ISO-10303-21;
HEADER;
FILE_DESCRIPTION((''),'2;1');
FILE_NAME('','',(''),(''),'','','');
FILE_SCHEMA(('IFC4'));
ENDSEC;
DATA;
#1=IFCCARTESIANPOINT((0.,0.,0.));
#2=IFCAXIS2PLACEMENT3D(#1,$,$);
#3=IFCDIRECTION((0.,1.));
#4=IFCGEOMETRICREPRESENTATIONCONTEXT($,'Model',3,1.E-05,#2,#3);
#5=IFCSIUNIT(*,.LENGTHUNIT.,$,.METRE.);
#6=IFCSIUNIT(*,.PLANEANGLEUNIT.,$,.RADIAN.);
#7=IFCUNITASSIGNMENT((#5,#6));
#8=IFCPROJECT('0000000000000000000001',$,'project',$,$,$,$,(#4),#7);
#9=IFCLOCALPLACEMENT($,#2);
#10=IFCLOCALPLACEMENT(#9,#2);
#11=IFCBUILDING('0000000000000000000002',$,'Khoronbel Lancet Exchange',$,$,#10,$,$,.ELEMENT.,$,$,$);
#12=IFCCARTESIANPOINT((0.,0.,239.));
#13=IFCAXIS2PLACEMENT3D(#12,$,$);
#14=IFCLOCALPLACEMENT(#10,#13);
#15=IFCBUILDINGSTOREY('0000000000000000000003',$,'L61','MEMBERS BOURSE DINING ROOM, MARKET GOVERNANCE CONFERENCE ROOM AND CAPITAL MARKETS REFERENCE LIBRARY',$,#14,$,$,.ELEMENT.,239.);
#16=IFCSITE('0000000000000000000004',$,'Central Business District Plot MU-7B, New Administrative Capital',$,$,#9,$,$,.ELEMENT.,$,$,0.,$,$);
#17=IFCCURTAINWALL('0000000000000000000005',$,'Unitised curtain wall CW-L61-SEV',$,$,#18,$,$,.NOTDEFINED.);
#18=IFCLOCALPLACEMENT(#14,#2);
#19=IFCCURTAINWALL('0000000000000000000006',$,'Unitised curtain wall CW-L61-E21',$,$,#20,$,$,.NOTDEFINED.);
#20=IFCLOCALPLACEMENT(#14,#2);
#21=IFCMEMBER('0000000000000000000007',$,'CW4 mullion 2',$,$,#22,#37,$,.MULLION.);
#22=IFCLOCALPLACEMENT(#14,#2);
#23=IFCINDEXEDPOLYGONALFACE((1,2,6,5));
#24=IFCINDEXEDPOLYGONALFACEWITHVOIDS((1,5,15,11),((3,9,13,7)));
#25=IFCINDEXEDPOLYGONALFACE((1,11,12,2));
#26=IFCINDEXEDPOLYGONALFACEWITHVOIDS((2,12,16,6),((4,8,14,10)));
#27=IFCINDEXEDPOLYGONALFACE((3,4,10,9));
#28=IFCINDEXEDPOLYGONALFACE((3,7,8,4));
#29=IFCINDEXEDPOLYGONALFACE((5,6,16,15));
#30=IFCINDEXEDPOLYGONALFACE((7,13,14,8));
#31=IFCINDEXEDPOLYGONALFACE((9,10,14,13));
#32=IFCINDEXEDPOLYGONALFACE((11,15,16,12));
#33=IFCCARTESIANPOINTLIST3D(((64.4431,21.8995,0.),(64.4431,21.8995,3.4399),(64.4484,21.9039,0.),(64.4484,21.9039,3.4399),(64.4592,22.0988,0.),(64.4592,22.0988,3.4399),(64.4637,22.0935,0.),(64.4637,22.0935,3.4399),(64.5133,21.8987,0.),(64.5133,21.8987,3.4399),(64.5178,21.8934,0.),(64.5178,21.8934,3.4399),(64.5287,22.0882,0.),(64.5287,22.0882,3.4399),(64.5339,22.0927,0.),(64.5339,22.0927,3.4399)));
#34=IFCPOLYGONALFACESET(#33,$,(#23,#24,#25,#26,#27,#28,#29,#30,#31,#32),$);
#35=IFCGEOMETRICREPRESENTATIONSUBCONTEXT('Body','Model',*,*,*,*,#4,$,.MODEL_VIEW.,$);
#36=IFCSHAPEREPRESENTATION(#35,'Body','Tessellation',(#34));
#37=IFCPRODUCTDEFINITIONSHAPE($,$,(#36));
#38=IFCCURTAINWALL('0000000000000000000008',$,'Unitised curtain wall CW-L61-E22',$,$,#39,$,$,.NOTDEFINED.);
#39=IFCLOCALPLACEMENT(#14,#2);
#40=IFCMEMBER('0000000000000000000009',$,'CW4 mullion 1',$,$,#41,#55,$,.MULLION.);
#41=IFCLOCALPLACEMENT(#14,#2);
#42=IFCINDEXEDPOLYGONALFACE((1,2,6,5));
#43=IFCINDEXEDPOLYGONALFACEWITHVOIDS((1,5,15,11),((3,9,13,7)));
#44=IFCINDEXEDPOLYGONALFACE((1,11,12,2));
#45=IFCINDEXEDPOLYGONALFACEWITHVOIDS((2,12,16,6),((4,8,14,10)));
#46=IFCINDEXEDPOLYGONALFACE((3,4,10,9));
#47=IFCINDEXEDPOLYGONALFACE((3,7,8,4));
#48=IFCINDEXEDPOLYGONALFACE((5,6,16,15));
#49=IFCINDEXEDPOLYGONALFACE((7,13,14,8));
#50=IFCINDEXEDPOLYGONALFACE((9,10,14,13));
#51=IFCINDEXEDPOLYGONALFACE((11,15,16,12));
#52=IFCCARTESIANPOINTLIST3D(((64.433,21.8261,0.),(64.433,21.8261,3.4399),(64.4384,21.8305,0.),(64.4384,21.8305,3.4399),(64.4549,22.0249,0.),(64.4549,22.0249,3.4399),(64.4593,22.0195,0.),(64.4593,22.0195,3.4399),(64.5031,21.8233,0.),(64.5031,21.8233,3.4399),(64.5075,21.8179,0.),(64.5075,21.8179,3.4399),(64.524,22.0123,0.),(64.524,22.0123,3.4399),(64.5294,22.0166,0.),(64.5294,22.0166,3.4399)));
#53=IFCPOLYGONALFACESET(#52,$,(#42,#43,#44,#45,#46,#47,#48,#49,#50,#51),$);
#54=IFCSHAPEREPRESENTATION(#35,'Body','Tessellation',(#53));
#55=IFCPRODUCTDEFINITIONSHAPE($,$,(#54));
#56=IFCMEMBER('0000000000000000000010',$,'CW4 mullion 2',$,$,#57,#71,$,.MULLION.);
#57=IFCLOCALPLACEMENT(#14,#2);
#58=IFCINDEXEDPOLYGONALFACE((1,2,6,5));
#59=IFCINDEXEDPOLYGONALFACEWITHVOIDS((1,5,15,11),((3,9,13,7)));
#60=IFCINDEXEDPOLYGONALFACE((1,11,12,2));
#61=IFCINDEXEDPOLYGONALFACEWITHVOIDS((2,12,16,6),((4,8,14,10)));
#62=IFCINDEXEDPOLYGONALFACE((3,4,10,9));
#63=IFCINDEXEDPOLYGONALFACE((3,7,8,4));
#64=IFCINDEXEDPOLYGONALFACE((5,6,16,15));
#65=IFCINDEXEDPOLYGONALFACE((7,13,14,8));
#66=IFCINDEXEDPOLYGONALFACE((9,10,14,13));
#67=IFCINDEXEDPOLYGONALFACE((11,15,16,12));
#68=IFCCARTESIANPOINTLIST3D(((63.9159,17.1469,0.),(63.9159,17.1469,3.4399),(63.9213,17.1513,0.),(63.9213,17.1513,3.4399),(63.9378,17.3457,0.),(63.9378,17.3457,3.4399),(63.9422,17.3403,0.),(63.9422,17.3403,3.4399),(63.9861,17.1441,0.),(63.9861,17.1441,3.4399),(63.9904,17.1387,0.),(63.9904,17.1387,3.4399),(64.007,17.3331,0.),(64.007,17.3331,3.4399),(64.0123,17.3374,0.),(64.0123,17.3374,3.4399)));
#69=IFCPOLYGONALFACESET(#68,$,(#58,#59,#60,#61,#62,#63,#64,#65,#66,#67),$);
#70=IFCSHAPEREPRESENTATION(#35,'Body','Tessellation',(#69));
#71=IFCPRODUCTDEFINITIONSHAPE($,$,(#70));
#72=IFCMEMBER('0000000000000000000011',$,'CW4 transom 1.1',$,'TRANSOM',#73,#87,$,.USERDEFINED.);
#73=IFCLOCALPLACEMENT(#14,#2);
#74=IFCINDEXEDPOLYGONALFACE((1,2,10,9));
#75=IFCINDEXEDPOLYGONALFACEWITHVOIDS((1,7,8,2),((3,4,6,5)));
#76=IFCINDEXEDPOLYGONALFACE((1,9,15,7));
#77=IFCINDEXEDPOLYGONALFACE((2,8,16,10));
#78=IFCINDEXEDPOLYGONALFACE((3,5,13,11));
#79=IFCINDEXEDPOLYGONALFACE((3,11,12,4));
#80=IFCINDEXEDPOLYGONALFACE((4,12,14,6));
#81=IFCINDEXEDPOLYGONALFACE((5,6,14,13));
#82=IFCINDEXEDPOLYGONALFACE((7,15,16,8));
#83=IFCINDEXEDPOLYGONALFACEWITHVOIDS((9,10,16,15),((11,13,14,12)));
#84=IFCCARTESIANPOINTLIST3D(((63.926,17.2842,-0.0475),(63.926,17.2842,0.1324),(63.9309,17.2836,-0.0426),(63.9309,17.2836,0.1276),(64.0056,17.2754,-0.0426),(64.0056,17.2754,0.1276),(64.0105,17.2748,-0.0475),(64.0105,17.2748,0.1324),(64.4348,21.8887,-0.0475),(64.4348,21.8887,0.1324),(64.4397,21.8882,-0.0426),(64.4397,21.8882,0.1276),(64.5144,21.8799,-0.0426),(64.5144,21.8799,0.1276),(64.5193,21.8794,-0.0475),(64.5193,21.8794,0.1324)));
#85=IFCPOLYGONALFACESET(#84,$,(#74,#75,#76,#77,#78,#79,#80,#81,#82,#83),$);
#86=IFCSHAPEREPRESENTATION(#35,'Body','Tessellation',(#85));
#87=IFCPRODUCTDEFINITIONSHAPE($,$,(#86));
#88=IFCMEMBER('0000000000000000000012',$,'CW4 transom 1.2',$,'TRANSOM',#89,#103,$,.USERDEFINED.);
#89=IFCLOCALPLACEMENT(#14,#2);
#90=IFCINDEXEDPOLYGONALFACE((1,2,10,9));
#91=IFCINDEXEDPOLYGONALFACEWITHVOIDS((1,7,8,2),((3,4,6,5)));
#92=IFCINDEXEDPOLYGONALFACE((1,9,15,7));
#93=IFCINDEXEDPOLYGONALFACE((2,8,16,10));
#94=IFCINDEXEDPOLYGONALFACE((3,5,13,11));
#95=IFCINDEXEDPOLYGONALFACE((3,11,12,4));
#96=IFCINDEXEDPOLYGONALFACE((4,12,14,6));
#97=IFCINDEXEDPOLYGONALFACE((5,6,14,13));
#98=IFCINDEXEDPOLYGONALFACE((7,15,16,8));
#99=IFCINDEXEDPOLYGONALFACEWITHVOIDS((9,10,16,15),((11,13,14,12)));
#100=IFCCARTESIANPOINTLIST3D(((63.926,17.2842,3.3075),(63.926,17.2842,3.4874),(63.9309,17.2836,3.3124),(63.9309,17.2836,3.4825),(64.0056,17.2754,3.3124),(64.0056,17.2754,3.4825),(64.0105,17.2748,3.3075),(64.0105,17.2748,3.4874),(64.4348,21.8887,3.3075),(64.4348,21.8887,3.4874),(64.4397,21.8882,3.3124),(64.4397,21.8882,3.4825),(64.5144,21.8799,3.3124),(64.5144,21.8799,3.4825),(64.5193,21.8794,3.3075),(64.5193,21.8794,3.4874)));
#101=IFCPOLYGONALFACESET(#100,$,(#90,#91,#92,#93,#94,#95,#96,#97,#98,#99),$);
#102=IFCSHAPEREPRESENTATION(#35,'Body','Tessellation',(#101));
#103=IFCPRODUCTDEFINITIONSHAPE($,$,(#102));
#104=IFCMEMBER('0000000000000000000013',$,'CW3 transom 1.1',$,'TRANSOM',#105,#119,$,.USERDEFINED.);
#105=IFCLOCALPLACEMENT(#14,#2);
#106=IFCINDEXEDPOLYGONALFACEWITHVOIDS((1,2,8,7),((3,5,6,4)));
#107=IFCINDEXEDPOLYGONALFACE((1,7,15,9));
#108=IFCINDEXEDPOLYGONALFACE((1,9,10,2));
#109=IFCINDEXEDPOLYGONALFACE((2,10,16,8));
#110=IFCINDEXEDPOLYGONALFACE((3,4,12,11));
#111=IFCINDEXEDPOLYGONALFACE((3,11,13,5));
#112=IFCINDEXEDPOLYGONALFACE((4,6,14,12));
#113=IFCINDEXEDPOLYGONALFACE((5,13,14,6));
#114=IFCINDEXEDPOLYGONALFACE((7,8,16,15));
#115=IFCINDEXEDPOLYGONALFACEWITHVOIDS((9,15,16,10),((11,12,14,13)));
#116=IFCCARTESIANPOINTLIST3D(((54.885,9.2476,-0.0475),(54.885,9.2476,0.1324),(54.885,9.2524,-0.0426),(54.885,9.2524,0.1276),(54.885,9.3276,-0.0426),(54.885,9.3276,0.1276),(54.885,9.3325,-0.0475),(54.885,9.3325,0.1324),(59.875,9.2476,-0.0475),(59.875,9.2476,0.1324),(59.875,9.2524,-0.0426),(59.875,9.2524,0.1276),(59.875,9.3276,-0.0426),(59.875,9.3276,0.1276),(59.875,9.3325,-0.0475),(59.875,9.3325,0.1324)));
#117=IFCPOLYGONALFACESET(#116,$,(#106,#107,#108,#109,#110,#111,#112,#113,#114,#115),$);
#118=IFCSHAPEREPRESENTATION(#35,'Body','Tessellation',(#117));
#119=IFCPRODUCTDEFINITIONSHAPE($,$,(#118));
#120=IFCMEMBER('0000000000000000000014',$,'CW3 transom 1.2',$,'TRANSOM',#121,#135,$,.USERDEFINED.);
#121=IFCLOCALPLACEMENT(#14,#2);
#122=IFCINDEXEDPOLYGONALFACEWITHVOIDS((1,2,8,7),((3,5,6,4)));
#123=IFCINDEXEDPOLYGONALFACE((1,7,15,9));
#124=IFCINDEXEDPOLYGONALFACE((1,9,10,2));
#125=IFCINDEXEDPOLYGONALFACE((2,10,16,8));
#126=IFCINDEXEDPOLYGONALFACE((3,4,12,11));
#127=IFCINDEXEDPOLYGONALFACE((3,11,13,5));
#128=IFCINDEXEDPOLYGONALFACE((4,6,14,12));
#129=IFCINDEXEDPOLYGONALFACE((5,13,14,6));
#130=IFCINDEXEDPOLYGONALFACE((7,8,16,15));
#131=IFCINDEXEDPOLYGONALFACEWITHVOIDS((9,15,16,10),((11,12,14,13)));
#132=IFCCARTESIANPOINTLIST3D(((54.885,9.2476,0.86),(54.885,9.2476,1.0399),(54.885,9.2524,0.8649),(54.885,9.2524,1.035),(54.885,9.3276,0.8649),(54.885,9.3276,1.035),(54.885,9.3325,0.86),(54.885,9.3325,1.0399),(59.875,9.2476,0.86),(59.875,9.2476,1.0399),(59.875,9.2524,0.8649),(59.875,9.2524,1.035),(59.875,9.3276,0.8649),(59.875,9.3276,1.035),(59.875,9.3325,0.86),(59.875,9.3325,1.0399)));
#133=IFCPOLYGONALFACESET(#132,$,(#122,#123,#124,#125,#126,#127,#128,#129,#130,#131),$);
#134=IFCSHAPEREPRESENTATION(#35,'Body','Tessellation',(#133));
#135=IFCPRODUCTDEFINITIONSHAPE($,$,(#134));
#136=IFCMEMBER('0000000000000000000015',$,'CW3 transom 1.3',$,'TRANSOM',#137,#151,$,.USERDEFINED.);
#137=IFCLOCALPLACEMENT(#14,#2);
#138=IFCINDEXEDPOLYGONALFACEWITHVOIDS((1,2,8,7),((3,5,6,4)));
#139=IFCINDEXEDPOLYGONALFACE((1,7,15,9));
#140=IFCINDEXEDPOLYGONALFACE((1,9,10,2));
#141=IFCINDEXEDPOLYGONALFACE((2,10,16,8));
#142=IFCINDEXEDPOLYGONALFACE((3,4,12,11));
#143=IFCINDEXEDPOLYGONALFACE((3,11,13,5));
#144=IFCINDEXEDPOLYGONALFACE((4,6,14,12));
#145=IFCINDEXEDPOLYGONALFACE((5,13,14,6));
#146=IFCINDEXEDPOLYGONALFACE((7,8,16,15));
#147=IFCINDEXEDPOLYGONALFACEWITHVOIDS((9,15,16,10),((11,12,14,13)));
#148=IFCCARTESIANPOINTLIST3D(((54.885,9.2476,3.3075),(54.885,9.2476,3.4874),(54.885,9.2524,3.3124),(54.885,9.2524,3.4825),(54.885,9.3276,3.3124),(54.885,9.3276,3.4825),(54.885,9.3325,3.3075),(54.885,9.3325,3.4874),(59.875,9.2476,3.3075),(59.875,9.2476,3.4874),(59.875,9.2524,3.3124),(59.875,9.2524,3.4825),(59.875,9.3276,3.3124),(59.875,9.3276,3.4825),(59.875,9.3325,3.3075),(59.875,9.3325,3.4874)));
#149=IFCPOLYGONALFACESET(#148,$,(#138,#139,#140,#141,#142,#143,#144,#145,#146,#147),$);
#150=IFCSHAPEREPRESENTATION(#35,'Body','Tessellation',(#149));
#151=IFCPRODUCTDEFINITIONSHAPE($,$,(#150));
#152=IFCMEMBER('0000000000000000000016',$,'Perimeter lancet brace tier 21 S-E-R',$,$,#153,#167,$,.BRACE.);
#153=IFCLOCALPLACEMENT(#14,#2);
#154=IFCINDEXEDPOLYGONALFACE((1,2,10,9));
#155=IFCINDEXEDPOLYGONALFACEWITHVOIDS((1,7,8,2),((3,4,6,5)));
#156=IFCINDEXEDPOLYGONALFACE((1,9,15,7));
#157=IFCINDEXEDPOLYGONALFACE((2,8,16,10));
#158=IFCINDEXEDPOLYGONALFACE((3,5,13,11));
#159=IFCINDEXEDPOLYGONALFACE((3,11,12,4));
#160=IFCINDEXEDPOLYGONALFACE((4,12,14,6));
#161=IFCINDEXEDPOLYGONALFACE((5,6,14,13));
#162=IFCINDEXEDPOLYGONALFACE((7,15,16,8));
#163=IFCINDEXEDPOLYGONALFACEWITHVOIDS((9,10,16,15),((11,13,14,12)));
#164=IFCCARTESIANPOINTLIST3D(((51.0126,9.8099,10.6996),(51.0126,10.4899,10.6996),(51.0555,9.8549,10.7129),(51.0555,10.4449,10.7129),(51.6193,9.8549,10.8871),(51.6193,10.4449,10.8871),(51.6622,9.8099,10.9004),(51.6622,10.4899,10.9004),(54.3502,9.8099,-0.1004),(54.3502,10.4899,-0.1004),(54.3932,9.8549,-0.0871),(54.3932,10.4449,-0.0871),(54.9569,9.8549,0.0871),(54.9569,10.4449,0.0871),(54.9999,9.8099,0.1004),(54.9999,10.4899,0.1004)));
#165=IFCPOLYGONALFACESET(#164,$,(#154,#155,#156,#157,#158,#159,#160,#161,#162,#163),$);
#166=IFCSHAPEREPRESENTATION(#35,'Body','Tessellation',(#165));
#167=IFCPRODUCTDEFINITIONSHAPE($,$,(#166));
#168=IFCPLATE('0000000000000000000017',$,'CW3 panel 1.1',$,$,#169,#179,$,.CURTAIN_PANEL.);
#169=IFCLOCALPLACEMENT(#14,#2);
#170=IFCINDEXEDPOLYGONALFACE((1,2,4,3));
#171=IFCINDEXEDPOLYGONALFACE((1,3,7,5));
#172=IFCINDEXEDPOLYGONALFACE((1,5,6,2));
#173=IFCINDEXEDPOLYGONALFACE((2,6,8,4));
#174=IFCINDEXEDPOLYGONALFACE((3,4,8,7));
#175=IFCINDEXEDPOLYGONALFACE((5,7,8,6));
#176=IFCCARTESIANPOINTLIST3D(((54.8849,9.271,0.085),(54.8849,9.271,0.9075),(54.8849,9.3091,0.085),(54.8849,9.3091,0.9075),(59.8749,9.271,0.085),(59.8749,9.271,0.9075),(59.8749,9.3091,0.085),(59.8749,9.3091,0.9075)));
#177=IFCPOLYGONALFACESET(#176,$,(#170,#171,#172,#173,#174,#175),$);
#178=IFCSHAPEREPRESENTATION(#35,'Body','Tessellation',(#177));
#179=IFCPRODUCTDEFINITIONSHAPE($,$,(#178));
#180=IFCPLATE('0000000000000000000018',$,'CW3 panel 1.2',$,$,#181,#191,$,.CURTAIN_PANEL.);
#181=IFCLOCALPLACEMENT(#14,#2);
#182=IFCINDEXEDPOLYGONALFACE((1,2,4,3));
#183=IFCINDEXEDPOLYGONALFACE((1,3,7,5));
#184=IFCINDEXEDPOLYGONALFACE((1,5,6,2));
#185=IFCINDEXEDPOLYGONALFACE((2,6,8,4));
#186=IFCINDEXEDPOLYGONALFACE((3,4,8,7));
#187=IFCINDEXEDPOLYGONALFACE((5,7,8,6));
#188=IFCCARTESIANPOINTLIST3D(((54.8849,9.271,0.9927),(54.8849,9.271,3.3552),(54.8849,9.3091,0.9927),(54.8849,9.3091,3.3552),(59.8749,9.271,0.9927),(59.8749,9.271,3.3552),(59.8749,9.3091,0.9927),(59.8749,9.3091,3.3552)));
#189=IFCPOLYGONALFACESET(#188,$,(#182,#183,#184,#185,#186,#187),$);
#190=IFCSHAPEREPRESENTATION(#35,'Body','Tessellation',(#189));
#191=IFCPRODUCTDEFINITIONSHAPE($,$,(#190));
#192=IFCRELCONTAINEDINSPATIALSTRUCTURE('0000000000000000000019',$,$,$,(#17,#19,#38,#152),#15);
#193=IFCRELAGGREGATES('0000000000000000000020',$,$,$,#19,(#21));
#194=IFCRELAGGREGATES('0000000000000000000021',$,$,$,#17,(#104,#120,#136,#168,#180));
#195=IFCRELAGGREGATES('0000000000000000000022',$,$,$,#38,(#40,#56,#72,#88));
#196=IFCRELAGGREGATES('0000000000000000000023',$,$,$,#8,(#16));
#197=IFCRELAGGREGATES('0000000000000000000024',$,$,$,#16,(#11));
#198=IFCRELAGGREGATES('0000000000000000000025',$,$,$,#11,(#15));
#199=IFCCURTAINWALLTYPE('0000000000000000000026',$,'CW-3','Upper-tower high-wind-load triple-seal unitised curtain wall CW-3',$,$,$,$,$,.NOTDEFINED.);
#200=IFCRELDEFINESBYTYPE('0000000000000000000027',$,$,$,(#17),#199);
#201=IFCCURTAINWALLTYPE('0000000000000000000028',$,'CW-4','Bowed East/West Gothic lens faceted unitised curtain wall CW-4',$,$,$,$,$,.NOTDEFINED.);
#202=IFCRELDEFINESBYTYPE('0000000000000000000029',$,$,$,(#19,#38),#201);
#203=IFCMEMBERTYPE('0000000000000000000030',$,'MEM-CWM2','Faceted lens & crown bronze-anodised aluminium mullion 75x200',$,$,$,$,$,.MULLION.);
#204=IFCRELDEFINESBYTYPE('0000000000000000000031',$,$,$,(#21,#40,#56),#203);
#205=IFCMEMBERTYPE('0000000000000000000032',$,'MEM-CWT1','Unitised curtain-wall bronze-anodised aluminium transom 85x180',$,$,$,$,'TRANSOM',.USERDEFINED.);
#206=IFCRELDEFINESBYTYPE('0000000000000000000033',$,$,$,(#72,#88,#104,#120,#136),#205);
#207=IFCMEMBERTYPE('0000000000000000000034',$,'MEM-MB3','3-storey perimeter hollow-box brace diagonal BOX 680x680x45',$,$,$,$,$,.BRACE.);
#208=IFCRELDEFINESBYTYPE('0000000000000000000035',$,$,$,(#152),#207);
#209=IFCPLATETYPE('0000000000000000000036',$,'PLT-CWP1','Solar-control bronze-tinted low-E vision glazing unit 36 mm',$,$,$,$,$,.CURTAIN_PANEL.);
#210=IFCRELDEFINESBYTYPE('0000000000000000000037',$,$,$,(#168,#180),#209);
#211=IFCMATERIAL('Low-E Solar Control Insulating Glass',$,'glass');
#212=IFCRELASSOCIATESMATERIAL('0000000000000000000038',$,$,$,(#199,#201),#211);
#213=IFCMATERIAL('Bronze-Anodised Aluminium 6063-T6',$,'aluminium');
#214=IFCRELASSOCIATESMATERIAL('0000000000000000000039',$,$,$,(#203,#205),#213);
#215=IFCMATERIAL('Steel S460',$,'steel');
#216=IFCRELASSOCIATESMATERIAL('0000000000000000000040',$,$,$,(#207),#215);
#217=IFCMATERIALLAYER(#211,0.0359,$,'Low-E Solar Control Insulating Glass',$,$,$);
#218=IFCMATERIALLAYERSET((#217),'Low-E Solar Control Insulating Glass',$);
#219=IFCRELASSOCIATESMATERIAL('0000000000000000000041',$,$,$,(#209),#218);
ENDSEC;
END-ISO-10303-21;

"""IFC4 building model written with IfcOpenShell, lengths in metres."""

from ifc_helpers import new_model, si_unit, direction, frame, origin, origin_2d, place, context, subcontext, project, spatial, rectangle, hollow_rectangle, extrude, material, layer, layer_set, material_profile, profile_set, type_object, element, aggregate, save


model = new_model("IFC4")

# Units and contexts
model_context = context("Model", 3, precision=1e-05, world=origin(), true_north=direction((0.0, 1.0)))
body_context = subcontext(model_context, "Body", "Model", "MODEL_VIEW")
ifc_project = project(units=[si_unit("LENGTHUNIT", "METRE"), si_unit("PLANEANGLEUNIT", "RADIAN")], contexts=[model_context])

# Site, building, storey
site_placement = place(None, origin())
site = spatial("IfcSite", under=ifc_project, at=site_placement, Name="Central Business District Plot MU-7B, New Administrative Capital", CompositionType="ELEMENT", RefElevation=0.0)
building_placement = place(site_placement, origin())
building = spatial("IfcBuilding", under=site, at=building_placement, Name="Khoronbel Lancet Exchange", CompositionType="ELEMENT")
storey_placement = place(building_placement, frame((0.0, 0.0, 239.0)))
storey = spatial("IfcBuildingStorey", under=building, at=storey_placement, Name="L61", Description="MEMBERS BOURSE DINING ROOM, MARKET GOVERNANCE CONFERENCE ROOM AND CAPITAL MARKETS REFERENCE LIBRARY", CompositionType="ELEMENT", Elevation=239.0)

# Shared definitions
ifc_material_1 = material(Name="Steel S460", Category="steel")

# Shared definitions
ifc_material_2 = material(Name="Low-E Solar Control Insulating Glass", Category="glass")
curtain_wall_type_1 = type_object("IfcCurtainWallType", Name="CW-3", Description="Upper-tower high-wind-load triple-seal unitised curtain wall CW-3", PredefinedType="NOTDEFINED", material=ifc_material_2)
ifc_material_3 = material(Name="Bronze-Anodised Aluminium 6063-T6", Category="aluminium")

# Curtain wall
curtain_wall_1_placement = place(storey_placement, origin())
curtain_wall_1 = element("IfcCurtainWall", 1, at=curtain_wall_1_placement, inside=storey, type_object=curtain_wall_type_1, Name="Unitised curtain wall CW-L61-SEV", PredefinedType="NOTDEFINED")

# Curtain wall, member
curtain_wall_type_2 = type_object("IfcCurtainWallType", Name="CW-4", Description="Bowed East/West Gothic lens faceted unitised curtain wall CW-4", PredefinedType="NOTDEFINED", material=ifc_material_2)
curtain_wall_2_placement = place(storey_placement, origin())
curtain_wall_2 = element("IfcCurtainWall", 2, at=curtain_wall_2_placement, inside=storey, type_object=curtain_wall_type_2, Name="Unitised curtain wall CW-L61-E21", PredefinedType="NOTDEFINED")
ifc_material_profile_1 = material_profile(ifc_material_3, hollow_rectangle(XDim=0.075, YDim=0.2, WallThickness=0.0049, at=origin_2d()), Name="ALU MULLION 75x200")
ifc_profile_set_1 = profile_set([ifc_material_profile_1], Name="Bronze-Anodised Aluminium 6063-T6")
member_type_1 = type_object("IfcMemberType", Name="MEM-CWM2", Description="Faceted lens & crown bronze-anodised aluminium mullion 75x200", PredefinedType="MULLION", material=ifc_profile_set_1)
member_1_placement = place(storey_placement, frame((64.4885, 21.9961, 0.0), z_axis=(0.0, 0.0, 1.0), x_axis=(0.996743, -0.08064, 0.0)))
member_1 = element("IfcMember", 3, at=member_1_placement, type_object=member_type_1, Name="CW4 mullion 2", PredefinedType="MULLION", context=body_context, shape_type="SweptSolid", body=[
    extrude(hollow_rectangle(XDim=0.075, YDim=0.2, WallThickness=0.0049, at=origin_2d()), origin(), (0.0, 0.0, 1.0), 3.4399),
])
aggregate(curtain_wall_2, [member_1])

# Curtain wall, members
curtain_wall_3_placement = place(storey_placement, origin())
curtain_wall_3 = element("IfcCurtainWall", 4, at=curtain_wall_3_placement, inside=storey, type_object=curtain_wall_type_2, Name="Unitised curtain wall CW-L61-E22", PredefinedType="NOTDEFINED")
member_2_placement = place(storey_placement, frame((64.4812, 21.9214, 0.0), z_axis=(0.0, 0.0, 1.0), x_axis=(0.993947, -0.109858, 0.0)))
member_2 = element("IfcMember", 5, at=member_2_placement, type_object=member_type_1, Name="CW4 mullion 1", PredefinedType="MULLION", context=body_context, shape_type="SweptSolid", body=[
    extrude(hollow_rectangle(XDim=0.075, YDim=0.2, WallThickness=0.0049, at=origin_2d()), origin(), (0.0, 0.0, 1.0), 3.4399),
])
member_3_placement = place(storey_placement, frame((63.9641, 17.2422, 0.0), z_axis=(0.0, 0.0, 1.0), x_axis=(0.993947, -0.109858, 0.0)))
member_3 = element("IfcMember", 6, at=member_3_placement, type_object=member_type_1, Name="CW4 mullion 2", PredefinedType="MULLION", context=body_context, shape_type="SweptSolid", body=[
    extrude(hollow_rectangle(XDim=0.075, YDim=0.2, WallThickness=0.0049, at=origin_2d()), origin(), (0.0, 0.0, 1.0), 3.4399),
])
ifc_material_profile_2 = material_profile(ifc_material_3, hollow_rectangle(XDim=0.085, YDim=0.1799, WallThickness=0.0049, at=origin_2d()), Name="ALU TRANSOM 85x180")
ifc_profile_set_2 = profile_set([ifc_material_profile_2], Name="Bronze-Anodised Aluminium 6063-T6")
member_type_2 = type_object("IfcMemberType", Name="MEM-CWT1", Description="Unitised curtain-wall bronze-anodised aluminium transom 85x180", ElementType="TRANSOM", PredefinedType="USERDEFINED", material=ifc_profile_set_2)
member_4_placement = place(storey_placement, frame((64.4771, 21.884, 0.0425), z_axis=(-0.10983, -0.99395, 0.0), x_axis=(0.99395, -0.10983, 0.0)))
member_4 = element("IfcMember", 7, at=member_4_placement, type_object=member_type_2, Name="CW4 transom 1.1", ObjectType="TRANSOM", PredefinedType="USERDEFINED", context=body_context, shape_type="SweptSolid", body=[
    extrude(hollow_rectangle(XDim=0.085, YDim=0.1799, WallThickness=0.0049, at=origin_2d()), origin(), (0.0, 0.0, 1.0), 4.6326),
])
member_5_placement = place(storey_placement, frame((64.4771, 21.884, 3.3975), z_axis=(-0.10983, -0.99395, 0.0), x_axis=(0.99395, -0.10983, 0.0)))
member_5 = element("IfcMember", 8, at=member_5_placement, type_object=member_type_2, Name="CW4 transom 1.2", ObjectType="TRANSOM", PredefinedType="USERDEFINED", context=body_context, shape_type="SweptSolid", body=[
    extrude(hollow_rectangle(XDim=0.085, YDim=0.1799, WallThickness=0.0049, at=origin_2d()), origin(), (0.0, 0.0, 1.0), 4.6326),
])

# Members
member_6_placement = place(storey_placement, frame((54.885, 9.29, 0.0425), z_axis=(1.0, 0.0, 0.0), x_axis=(0.0, 1.0, 0.0)))
member_6 = element("IfcMember", 9, at=member_6_placement, type_object=member_type_2, Name="CW3 transom 1.1", ObjectType="TRANSOM", PredefinedType="USERDEFINED", context=body_context, shape_type="SweptSolid", body=[
    extrude(hollow_rectangle(XDim=0.085, YDim=0.1799, WallThickness=0.0049, at=origin_2d()), origin(), (0.0, 0.0, 1.0), 4.99),
])
member_7_placement = place(storey_placement, frame((54.885, 9.29, 0.95), z_axis=(1.0, 0.0, 0.0), x_axis=(0.0, 1.0, 0.0)))
member_7 = element("IfcMember", 10, at=member_7_placement, type_object=member_type_2, Name="CW3 transom 1.2", ObjectType="TRANSOM", PredefinedType="USERDEFINED", context=body_context, shape_type="SweptSolid", body=[
    extrude(hollow_rectangle(XDim=0.085, YDim=0.1799, WallThickness=0.0049, at=origin_2d()), origin(), (0.0, 0.0, 1.0), 4.99),
])
member_8_placement = place(storey_placement, frame((54.885, 9.29, 3.3975), z_axis=(1.0, 0.0, 0.0), x_axis=(0.0, 1.0, 0.0)))
member_8 = element("IfcMember", 11, at=member_8_placement, type_object=member_type_2, Name="CW3 transom 1.3", ObjectType="TRANSOM", PredefinedType="USERDEFINED", context=body_context, shape_type="SweptSolid", body=[
    extrude(hollow_rectangle(XDim=0.085, YDim=0.1799, WallThickness=0.0049, at=origin_2d()), origin(), (0.0, 0.0, 1.0), 4.99),
])
ifc_material_profile_3 = material_profile(ifc_material_1, hollow_rectangle(XDim=0.6799, YDim=0.6799, WallThickness=0.0449, at=origin_2d()), Name="BOX 680x680x45")
ifc_profile_set_3 = profile_set([ifc_material_profile_3], Name="Steel S460")
member_type_3 = type_object("IfcMemberType", Name="MEM-MB3", Description="3-storey perimeter hollow-box brace diagonal BOX 680x680x45", PredefinedType="BRACE", material=ifc_profile_set_3)
member_9_placement = place(storey_placement, frame((54.675, 10.1499, 0.0), z_axis=(-0.295262, 0.0, 0.955416), x_axis=(0.0, -1.0, 0.0)))
element("IfcMember", 12, at=member_9_placement, inside=storey, type_object=member_type_3, Name="Perimeter lancet brace tier 21 S-E-R", PredefinedType="BRACE", context=body_context, shape_type="SweptSolid", body=[
    extrude(hollow_rectangle(XDim=0.6799, YDim=0.6799, WallThickness=0.0449, at=origin_2d()), origin(), (0.0, 0.0, 1.0), 11.304),
])

# Plates
ifc_layer_1 = layer(ifc_material_2, 0.0359, Name="Low-E Solar Control Insulating Glass")
ifc_layer_set_1 = layer_set([ifc_layer_1], Name="Low-E Solar Control Insulating Glass")
plate_type_1 = type_object("IfcPlateType", Name="PLT-CWP1", Description="Solar-control bronze-tinted low-E vision glazing unit 36 mm", PredefinedType="CURTAIN_PANEL", material=ifc_layer_set_1)
plate_1_placement = place(storey_placement, frame((57.3799, 9.29, 0.085), z_axis=(0.0, 0.0, 1.0), x_axis=(1.0, 0.0, 0.0)))
plate_1 = element("IfcPlate", 13, at=plate_1_placement, type_object=plate_type_1, Name="CW3 panel 1.1", PredefinedType="CURTAIN_PANEL", context=body_context, shape_type="SweptSolid", body=[
    extrude(rectangle(XDim=4.99, YDim=0.0381, at=origin_2d()), origin(), (0.0, 0.0, 1.0), 0.8225),
])
plate_2_placement = place(storey_placement, frame((57.3799, 9.29, 0.9927), z_axis=(0.0, 0.0, 1.0), x_axis=(1.0, 0.0, 0.0)))
plate_2 = element("IfcPlate", 14, at=plate_2_placement, type_object=plate_type_1, Name="CW3 panel 1.2", PredefinedType="CURTAIN_PANEL", context=body_context, shape_type="SweptSolid", body=[
    extrude(rectangle(XDim=4.99, YDim=0.0381, at=origin_2d()), origin(), (0.0, 0.0, 1.0), 2.3625),
])
aggregate(curtain_wall_1, [member_6, member_7, member_8, plate_1, plate_2])
aggregate(curtain_wall_3, [member_2, member_3, member_4, member_5])

save(model, "model.ifc")
